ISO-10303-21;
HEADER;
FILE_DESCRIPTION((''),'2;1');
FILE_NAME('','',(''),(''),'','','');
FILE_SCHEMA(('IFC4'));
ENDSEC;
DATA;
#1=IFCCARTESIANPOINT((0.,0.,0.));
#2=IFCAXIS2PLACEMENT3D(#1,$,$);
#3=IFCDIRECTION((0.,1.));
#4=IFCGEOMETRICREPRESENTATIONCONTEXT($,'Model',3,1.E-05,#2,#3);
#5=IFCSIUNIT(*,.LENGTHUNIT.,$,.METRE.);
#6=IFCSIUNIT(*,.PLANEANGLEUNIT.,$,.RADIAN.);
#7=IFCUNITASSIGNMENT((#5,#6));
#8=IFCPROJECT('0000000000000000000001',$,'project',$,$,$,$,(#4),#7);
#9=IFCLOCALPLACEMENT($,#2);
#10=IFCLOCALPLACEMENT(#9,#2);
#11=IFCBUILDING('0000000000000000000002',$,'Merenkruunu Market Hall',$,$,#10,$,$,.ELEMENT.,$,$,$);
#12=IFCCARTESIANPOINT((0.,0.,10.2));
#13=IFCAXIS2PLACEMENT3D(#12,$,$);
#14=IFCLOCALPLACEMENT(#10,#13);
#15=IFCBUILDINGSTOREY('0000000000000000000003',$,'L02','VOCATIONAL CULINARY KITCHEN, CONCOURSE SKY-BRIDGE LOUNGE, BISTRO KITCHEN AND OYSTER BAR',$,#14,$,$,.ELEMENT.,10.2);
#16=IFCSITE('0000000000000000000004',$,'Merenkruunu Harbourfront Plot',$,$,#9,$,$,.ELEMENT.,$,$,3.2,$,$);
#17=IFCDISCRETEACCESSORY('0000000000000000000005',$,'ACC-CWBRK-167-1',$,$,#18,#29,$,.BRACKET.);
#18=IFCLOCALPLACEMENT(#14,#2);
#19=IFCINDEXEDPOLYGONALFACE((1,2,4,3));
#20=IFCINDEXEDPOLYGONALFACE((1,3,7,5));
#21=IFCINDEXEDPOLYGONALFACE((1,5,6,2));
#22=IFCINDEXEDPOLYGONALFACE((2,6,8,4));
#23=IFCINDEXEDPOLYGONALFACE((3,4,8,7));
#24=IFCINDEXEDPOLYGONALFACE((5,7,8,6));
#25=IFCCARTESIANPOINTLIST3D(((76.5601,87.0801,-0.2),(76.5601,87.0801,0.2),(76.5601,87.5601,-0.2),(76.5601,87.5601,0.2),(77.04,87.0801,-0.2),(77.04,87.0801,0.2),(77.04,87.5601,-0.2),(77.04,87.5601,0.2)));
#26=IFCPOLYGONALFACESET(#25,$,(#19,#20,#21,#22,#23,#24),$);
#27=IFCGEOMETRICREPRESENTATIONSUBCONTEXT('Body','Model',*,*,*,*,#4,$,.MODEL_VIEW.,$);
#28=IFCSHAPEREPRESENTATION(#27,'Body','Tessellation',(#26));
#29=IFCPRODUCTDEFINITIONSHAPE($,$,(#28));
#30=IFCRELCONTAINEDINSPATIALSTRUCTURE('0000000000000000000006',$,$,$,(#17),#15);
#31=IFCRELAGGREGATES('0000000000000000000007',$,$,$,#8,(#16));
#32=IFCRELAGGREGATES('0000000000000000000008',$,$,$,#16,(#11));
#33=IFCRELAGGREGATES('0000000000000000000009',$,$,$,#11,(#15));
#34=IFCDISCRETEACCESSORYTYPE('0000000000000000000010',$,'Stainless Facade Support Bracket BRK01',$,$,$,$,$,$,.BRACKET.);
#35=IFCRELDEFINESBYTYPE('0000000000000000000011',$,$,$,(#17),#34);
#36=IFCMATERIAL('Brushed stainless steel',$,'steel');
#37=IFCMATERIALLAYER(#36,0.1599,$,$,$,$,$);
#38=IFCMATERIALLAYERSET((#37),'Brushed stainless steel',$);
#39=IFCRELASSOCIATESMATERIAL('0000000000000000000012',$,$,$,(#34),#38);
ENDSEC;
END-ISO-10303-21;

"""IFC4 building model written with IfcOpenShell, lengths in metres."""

from ifc_helpers import new_model, si_unit, direction, frame, origin, origin_2d, place, context, subcontext, project, spatial, rectangle, extrude, material, layer, layer_set, type_object, element, save


model = new_model("IFC4")

# Units and contexts
model_context = context("Model", 3, precision=1e-05, world=origin(), true_north=direction((0.0, 1.0)))
body_context = subcontext(model_context, "Body", "Model", "MODEL_VIEW")
ifc_project = project(units=[si_unit("LENGTHUNIT", "METRE"), si_unit("PLANEANGLEUNIT", "RADIAN")], contexts=[model_context])

# Site, building, storey
site_placement = place(None, origin())
site = spatial("IfcSite", under=ifc_project, at=site_placement, Name="Merenkruunu Harbourfront Plot", CompositionType="ELEMENT", RefElevation=3.2)
building_placement = place(site_placement, origin())
building = spatial("IfcBuilding", under=site, at=building_placement, Name="Merenkruunu Market Hall", CompositionType="ELEMENT")
storey_placement = place(building_placement, frame((0.0, 0.0, 10.2)))
storey = spatial("IfcBuildingStorey", under=building, at=storey_placement, Name="L02", Description="VOCATIONAL CULINARY KITCHEN, CONCOURSE SKY-BRIDGE LOUNGE, BISTRO KITCHEN AND OYSTER BAR", CompositionType="ELEMENT", Elevation=10.2)

# Discrete accessory
ifc_material_1 = material(Name="Brushed stainless steel", Category="steel")
ifc_layer_1 = layer(ifc_material_1, 0.1599)
ifc_layer_set_1 = layer_set([ifc_layer_1], Name="Brushed stainless steel")
discrete_accessory_type = type_object("IfcDiscreteAccessoryType", Name="Stainless Facade Support Bracket BRK01", PredefinedType="BRACKET", material=ifc_layer_set_1)
discrete_accessory_placement = place(storey_placement, frame((76.8, 87.3201, -0.2), z_axis=(0.0, 0.0, 1.0), x_axis=(1.0, 0.0, 0.0)))
element("IfcDiscreteAccessory", 1, at=discrete_accessory_placement, inside=storey, type_object=discrete_accessory_type, Name="ACC-CWBRK-167-1", PredefinedType="BRACKET", context=body_context, shape_type="SweptSolid", body=[
    extrude(rectangle(XDim=0.48, YDim=0.48, at=origin_2d()), origin(), (0.0, 0.0, 1.0), 0.3999),
])

save(model, "model.ifc")
